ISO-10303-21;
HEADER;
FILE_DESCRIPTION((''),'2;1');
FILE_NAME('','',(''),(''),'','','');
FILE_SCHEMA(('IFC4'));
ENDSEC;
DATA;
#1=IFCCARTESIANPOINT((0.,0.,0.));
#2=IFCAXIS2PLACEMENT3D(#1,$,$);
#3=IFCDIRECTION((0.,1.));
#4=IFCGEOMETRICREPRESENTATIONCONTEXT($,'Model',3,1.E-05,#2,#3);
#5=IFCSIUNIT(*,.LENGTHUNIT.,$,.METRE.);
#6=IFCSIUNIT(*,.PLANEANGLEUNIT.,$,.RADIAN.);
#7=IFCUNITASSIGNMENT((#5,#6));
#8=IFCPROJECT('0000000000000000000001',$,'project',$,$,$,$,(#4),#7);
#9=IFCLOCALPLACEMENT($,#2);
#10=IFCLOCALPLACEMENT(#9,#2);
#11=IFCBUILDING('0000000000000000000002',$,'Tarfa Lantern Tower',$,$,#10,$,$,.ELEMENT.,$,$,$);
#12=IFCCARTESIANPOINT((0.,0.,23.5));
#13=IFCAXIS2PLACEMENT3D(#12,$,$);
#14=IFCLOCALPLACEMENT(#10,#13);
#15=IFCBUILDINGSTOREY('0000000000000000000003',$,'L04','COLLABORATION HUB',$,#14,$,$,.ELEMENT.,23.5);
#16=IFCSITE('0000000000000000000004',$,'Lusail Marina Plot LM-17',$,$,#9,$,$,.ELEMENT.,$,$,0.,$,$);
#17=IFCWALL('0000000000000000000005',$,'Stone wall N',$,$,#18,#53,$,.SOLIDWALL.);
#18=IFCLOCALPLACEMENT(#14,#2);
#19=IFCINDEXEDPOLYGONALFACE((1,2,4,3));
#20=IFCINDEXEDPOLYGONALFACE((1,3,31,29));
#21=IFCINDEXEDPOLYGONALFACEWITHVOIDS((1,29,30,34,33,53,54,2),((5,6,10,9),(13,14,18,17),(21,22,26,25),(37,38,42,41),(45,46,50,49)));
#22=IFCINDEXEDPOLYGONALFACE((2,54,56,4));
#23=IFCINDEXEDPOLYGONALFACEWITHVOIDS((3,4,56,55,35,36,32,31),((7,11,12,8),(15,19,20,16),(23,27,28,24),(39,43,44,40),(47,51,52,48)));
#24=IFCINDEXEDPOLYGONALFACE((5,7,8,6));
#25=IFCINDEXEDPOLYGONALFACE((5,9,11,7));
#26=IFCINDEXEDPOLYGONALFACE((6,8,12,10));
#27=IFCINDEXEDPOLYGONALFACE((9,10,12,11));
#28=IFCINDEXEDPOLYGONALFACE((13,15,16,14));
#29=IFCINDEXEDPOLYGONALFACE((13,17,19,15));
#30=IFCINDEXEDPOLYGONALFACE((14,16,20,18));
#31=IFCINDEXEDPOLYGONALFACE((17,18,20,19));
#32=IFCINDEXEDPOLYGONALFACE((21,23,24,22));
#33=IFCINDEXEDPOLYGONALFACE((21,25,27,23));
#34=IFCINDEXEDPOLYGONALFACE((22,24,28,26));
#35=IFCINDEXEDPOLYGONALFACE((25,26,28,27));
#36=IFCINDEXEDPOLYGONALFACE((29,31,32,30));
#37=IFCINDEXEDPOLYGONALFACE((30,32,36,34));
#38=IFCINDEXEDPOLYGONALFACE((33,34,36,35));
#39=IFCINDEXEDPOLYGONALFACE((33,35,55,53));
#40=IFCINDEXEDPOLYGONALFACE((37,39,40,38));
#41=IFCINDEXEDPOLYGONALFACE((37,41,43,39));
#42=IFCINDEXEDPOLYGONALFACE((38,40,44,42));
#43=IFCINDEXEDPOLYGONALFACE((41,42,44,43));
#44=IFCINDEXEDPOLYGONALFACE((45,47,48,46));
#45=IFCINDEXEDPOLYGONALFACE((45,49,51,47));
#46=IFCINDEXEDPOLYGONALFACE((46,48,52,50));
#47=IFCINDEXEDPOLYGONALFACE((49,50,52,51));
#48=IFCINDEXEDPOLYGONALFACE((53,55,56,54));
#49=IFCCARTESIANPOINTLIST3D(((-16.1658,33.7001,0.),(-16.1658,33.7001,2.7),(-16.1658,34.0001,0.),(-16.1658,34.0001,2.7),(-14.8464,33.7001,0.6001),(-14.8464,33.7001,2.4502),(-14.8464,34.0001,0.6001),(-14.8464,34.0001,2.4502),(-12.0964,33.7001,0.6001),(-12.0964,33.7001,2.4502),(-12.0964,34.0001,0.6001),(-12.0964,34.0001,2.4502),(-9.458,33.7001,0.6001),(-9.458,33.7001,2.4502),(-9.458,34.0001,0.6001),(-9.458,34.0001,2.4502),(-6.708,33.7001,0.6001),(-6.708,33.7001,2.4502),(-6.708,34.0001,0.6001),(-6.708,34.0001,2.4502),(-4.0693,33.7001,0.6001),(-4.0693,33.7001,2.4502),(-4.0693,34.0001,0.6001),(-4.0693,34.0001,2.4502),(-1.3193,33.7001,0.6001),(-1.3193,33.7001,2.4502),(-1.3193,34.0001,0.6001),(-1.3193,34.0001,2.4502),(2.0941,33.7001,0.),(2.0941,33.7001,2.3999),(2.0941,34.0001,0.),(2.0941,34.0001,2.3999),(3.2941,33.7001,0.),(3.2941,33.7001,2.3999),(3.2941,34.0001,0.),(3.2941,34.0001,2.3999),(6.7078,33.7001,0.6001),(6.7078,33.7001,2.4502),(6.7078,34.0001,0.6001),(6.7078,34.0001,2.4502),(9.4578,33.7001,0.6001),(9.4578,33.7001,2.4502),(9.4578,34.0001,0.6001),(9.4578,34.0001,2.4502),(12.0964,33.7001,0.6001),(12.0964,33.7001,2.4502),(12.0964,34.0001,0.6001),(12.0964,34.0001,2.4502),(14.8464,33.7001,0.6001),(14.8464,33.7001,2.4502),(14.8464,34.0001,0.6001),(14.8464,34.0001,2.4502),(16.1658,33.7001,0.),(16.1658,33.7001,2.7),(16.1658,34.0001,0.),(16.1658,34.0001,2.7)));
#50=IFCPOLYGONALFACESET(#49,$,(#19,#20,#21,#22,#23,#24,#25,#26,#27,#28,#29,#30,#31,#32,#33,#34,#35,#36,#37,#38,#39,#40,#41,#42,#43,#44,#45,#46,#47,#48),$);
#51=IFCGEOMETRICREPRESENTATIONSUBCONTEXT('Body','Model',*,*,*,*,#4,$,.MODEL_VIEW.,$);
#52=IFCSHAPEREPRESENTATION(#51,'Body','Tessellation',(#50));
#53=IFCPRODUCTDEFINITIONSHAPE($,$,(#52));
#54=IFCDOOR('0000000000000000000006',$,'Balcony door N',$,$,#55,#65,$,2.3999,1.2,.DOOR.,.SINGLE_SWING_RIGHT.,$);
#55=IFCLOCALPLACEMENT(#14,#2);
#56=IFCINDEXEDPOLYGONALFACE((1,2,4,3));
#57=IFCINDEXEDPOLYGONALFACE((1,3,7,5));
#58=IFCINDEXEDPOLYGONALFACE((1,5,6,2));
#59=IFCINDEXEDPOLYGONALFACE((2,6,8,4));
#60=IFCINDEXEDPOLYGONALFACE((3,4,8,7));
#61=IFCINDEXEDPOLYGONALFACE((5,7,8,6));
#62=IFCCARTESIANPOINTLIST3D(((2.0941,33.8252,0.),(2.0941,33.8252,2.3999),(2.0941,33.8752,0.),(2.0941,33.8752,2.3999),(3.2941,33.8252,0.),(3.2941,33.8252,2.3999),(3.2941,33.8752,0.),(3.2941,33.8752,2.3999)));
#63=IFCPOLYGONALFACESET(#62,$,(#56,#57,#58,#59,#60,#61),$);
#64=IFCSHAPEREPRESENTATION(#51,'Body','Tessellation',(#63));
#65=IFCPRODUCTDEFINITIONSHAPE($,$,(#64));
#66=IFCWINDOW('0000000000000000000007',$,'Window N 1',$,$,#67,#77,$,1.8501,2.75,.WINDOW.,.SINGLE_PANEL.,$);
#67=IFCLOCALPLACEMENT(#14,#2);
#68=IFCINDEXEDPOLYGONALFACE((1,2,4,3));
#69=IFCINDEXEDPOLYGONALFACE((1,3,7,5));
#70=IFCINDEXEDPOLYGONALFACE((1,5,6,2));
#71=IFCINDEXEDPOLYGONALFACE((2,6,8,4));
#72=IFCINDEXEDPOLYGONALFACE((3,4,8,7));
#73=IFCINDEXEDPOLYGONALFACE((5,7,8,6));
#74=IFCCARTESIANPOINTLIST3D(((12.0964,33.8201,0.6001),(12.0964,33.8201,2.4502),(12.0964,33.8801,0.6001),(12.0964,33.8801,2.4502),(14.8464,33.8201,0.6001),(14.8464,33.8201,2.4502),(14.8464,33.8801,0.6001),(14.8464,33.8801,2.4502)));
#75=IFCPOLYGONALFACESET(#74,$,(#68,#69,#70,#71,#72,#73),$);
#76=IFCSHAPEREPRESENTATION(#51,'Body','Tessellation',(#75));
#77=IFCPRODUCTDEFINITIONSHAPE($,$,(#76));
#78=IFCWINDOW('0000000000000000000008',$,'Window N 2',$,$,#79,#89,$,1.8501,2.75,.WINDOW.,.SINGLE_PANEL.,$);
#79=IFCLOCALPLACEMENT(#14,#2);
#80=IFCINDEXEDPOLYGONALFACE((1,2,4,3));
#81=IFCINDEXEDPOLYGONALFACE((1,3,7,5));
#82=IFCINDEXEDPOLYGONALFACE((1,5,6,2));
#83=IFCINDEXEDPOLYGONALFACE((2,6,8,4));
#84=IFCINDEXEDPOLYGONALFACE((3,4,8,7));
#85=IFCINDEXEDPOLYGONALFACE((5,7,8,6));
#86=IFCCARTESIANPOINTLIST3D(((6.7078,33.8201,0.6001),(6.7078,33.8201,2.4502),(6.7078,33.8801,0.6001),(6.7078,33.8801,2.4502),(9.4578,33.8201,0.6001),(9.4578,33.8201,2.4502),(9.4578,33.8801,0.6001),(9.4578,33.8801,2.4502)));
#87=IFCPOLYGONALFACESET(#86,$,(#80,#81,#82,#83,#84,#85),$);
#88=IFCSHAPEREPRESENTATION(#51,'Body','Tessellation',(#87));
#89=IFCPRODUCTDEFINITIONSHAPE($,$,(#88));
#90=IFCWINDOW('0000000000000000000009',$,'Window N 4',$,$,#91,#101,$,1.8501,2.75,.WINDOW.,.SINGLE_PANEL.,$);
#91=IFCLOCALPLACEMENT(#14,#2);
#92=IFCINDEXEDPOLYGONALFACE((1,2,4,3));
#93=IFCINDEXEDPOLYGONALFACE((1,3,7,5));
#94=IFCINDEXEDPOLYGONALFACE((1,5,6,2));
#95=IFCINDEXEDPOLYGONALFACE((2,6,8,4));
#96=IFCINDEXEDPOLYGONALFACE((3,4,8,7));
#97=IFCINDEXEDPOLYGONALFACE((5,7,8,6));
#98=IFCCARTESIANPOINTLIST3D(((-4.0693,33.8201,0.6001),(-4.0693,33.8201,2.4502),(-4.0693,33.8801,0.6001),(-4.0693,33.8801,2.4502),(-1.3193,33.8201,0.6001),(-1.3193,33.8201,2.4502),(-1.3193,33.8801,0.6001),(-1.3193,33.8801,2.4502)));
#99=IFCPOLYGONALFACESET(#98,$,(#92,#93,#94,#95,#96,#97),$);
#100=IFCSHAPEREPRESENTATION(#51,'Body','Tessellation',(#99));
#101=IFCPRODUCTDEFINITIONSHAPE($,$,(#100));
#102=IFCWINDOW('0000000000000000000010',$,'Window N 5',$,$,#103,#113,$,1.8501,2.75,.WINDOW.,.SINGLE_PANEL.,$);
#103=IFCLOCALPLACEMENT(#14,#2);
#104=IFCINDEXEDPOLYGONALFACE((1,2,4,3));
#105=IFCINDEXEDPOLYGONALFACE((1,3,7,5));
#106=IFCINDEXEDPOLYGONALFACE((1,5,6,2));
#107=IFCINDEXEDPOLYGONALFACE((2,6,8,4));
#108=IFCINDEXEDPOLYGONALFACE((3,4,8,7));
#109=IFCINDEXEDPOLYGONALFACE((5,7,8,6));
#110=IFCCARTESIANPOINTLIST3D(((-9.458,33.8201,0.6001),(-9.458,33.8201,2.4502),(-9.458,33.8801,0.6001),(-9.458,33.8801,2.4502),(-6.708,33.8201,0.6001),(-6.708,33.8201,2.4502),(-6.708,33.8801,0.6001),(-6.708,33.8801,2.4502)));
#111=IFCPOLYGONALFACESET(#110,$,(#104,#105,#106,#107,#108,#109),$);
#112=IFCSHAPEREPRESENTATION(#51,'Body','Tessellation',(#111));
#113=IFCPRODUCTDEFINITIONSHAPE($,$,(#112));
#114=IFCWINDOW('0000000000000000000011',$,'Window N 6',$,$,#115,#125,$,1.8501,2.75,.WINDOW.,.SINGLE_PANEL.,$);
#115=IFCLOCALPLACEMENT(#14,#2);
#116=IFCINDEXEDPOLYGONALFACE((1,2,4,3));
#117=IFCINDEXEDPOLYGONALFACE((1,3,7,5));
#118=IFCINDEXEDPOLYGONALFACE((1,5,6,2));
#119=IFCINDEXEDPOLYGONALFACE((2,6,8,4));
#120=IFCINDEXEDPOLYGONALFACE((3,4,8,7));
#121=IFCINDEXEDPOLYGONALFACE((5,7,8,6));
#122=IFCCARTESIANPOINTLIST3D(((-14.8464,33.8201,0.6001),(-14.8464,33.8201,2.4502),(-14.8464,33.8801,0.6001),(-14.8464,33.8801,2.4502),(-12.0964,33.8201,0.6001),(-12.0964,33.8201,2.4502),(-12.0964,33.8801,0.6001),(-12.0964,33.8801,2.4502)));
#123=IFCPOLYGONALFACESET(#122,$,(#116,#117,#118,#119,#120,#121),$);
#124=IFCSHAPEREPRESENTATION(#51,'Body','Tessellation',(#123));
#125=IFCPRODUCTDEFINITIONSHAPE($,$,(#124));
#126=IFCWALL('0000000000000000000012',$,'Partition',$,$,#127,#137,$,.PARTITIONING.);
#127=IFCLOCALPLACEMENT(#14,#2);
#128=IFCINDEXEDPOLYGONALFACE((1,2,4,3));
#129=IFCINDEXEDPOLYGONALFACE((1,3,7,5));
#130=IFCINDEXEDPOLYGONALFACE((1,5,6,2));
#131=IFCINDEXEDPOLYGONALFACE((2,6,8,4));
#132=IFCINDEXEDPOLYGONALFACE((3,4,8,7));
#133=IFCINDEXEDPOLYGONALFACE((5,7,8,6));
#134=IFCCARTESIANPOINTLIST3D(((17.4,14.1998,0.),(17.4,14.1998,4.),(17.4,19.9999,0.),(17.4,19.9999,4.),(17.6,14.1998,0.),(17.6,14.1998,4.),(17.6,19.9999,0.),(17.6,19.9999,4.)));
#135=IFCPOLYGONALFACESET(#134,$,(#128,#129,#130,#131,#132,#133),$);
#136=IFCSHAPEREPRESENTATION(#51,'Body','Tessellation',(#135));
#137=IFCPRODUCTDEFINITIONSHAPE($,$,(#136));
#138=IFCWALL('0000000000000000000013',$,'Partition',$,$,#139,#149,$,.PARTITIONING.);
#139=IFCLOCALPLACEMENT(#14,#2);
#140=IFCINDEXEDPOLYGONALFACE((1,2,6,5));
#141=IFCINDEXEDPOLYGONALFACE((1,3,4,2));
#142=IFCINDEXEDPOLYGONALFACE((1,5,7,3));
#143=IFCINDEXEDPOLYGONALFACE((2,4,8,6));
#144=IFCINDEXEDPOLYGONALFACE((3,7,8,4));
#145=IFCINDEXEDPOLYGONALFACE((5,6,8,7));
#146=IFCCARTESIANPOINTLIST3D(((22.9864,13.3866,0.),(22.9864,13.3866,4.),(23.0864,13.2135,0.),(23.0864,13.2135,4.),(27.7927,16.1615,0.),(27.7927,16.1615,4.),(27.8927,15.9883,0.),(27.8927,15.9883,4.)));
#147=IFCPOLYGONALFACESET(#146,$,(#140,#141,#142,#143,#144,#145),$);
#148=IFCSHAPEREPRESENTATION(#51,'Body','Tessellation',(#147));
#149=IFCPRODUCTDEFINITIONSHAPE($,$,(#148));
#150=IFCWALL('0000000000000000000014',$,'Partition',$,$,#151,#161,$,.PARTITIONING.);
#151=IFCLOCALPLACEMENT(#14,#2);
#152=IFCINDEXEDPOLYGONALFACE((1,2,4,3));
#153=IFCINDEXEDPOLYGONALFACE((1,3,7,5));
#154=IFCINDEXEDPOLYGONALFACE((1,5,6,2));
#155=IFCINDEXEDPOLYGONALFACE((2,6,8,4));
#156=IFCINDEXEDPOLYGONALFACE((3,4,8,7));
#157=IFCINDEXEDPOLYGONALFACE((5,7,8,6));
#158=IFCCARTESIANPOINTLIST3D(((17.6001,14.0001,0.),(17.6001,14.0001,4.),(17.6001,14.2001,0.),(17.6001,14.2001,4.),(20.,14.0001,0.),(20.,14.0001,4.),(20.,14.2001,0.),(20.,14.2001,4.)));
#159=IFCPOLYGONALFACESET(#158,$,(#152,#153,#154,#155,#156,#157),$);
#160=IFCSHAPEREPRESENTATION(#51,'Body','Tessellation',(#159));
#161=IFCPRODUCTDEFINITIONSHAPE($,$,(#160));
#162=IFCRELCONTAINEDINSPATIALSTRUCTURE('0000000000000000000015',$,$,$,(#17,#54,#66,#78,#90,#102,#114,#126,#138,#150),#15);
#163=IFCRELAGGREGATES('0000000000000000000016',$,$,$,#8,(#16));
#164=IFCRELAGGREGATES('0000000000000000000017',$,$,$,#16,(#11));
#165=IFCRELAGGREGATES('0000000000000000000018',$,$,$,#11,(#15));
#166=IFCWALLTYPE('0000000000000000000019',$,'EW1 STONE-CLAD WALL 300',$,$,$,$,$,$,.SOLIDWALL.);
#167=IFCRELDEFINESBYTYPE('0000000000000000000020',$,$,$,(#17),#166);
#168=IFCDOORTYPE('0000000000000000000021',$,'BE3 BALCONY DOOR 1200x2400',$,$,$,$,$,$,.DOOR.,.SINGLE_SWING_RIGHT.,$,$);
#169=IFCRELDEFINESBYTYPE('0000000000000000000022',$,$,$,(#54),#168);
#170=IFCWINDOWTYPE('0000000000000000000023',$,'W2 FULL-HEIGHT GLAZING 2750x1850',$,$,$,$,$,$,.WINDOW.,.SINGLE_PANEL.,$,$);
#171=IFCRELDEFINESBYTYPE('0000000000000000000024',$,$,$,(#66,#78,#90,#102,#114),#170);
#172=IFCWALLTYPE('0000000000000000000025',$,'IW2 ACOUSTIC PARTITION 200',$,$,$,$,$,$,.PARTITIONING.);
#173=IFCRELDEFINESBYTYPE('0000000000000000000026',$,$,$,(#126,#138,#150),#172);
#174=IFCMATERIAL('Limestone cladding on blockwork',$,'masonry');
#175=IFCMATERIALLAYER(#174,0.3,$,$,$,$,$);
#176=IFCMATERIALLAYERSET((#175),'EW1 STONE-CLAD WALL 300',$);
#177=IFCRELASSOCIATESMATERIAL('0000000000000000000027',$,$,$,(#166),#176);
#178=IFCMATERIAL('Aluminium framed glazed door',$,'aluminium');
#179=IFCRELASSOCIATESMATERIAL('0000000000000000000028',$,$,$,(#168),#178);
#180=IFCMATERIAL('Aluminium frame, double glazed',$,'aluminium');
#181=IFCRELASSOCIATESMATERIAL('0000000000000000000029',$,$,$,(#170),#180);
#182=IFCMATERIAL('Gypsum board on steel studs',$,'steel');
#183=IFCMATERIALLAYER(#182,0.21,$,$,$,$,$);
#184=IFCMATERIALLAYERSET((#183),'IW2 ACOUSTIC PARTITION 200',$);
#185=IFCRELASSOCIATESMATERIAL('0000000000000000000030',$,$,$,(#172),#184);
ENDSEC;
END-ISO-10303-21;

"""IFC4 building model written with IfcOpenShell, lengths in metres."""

from ifc_helpers import new_model, si_unit, direction, frame, frame_2d, origin, place, context, subcontext, project, spatial, rectangle, extrude, material, layer, layer_set, type_object, element, fill, save


model = new_model("IFC4")

# Units and contexts
model_context = context("Model", 3, precision=1e-05, world=origin(), true_north=direction((0.0, 1.0)))
body_context = subcontext(model_context, "Body", "Model", "MODEL_VIEW")
ifc_project = project(units=[si_unit("LENGTHUNIT", "METRE"), si_unit("PLANEANGLEUNIT", "RADIAN")], contexts=[model_context])

# Site, building, storey
site_placement = place(None, origin())
site = spatial("IfcSite", under=ifc_project, at=site_placement, Name="Lusail Marina Plot LM-17", CompositionType="ELEMENT", RefElevation=0.0)
building_placement = place(site_placement, origin())
building = spatial("IfcBuilding", under=site, at=building_placement, Name="Tarfa Lantern Tower", CompositionType="ELEMENT")
storey_placement = place(building_placement, frame((0.0, 0.0, 23.5)))
storey = spatial("IfcBuildingStorey", under=building, at=storey_placement, Name="L04", Description="COLLABORATION HUB", CompositionType="ELEMENT", Elevation=23.5)

# Wall, openings, door, windows
ifc_material_1 = material(Name="Limestone cladding on blockwork", Category="masonry")
ifc_layer_1 = layer(ifc_material_1, 0.3)
ifc_layer_set_1 = layer_set([ifc_layer_1], Name="EW1 STONE-CLAD WALL 300")
wall_type_1 = type_object("IfcWallType", Name="EW1 STONE-CLAD WALL 300", PredefinedType="SOLIDWALL", material=ifc_layer_set_1)
wall_1_placement = place(storey_placement, frame((16.1658, 33.8501, 0.0), z_axis=(0.0, 0.0, 1.0), x_axis=(-1.0, 0.0, 0.0)))
wall_1 = element("IfcWall", 1, at=wall_1_placement, inside=storey, type_object=wall_type_1, Name="Stone wall N", PredefinedType="SOLIDWALL", context=body_context, shape_type="SweptSolid", body=[
    extrude(rectangle(XDim=32.3315, YDim=0.3, at=frame_2d((16.1658, 0.0))), origin(), (0.0, 0.0, 1.0), 2.7),
])
opening_1_placement = place(wall_1_placement, frame((1.3193, 0.0, 0.6001)))
opening_1 = element("IfcOpeningElement", 2, at=opening_1_placement, cuts=wall_1, PredefinedType="OPENING", context=body_context, shape_type="SweptSolid", body=[
    extrude(rectangle(XDim=2.75, YDim=1.8501, at=frame_2d((1.375, 0.925))), frame((0.0, 0.1599, 0.0), z_axis=(0.0, -1.0, 0.0), x_axis=(1.0, 0.0, 0.0)), (0.0, 0.0, 1.0), 0.3201),
])
opening_2_placement = place(wall_1_placement, frame((6.708, 0.0, 0.6001)))
opening_2 = element("IfcOpeningElement", 3, at=opening_2_placement, cuts=wall_1, PredefinedType="OPENING", context=body_context, shape_type="SweptSolid", body=[
    extrude(rectangle(XDim=2.75, YDim=1.8501, at=frame_2d((1.375, 0.925))), frame((0.0, 0.1599, 0.0), z_axis=(0.0, -1.0, 0.0), x_axis=(1.0, 0.0, 0.0)), (0.0, 0.0, 1.0), 0.3201),
])
opening_3_placement = place(wall_1_placement, frame((12.8716, 0.0, 0.0)))
opening_3 = element("IfcOpeningElement", 4, at=opening_3_placement, cuts=wall_1, PredefinedType="OPENING", context=body_context, shape_type="SweptSolid", body=[
    extrude(rectangle(XDim=1.2, YDim=2.3999, at=frame_2d((0.6001, 1.2))), frame((0.0, 0.1599, 0.0), z_axis=(0.0, -1.0, 0.0), x_axis=(1.0, 0.0, 0.0)), (0.0, 0.0, 1.0), 0.3201),
])
opening_4_placement = place(wall_1_placement, frame((17.4851, 0.0, 0.6001)))
opening_4 = element("IfcOpeningElement", 5, at=opening_4_placement, cuts=wall_1, PredefinedType="OPENING", context=body_context, shape_type="SweptSolid", body=[
    extrude(rectangle(XDim=2.75, YDim=1.8501, at=frame_2d((1.375, 0.925))), frame((0.0, 0.1599, 0.0), z_axis=(0.0, -1.0, 0.0), x_axis=(1.0, 0.0, 0.0)), (0.0, 0.0, 1.0), 0.3201),
])
opening_5_placement = place(wall_1_placement, frame((22.8738, 0.0, 0.6001)))
opening_5 = element("IfcOpeningElement", 6, at=opening_5_placement, cuts=wall_1, PredefinedType="OPENING", context=body_context, shape_type="SweptSolid", body=[
    extrude(rectangle(XDim=2.75, YDim=1.8501, at=frame_2d((1.375, 0.925))), frame((0.0, 0.1599, 0.0), z_axis=(0.0, -1.0, 0.0), x_axis=(1.0, 0.0, 0.0)), (0.0, 0.0, 1.0), 0.3201),
])
opening_6_placement = place(wall_1_placement, frame((28.2622, 0.0, 0.6001)))
opening_6 = element("IfcOpeningElement", 7, at=opening_6_placement, cuts=wall_1, PredefinedType="OPENING", context=body_context, shape_type="SweptSolid", body=[
    extrude(rectangle(XDim=2.75, YDim=1.8501, at=frame_2d((1.375, 0.925))), frame((0.0, 0.1599, 0.0), z_axis=(0.0, -1.0, 0.0), x_axis=(1.0, 0.0, 0.0)), (0.0, 0.0, 1.0), 0.3201),
])
ifc_material_2 = material(Name="Aluminium framed glazed door", Category="aluminium")
door_type = type_object("IfcDoorType", Name="BE3 BALCONY DOOR 1200x2400", OperationType="SINGLE_SWING_RIGHT", PredefinedType="DOOR", material=ifc_material_2)
door_placement = place(opening_3_placement, origin())
door = element("IfcDoor", 8, at=door_placement, inside=storey, type_object=door_type, Name="Balcony door N", OperationType="SINGLE_SWING_RIGHT", OverallHeight=2.3999, OverallWidth=1.2, PredefinedType="DOOR", context=body_context, shape_type="SweptSolid", body=[
    extrude(rectangle(XDim=1.2, YDim=2.3999, at=frame_2d((0.6001, 1.2))), frame((0.0, 0.0249, 0.0), z_axis=(0.0, -1.0, 0.0), x_axis=(1.0, 0.0, 0.0)), (0.0, 0.0, 1.0), 0.05),
])
fill(opening_3, door)
ifc_material_3 = material(Name="Aluminium frame, double glazed", Category="aluminium")
window_type = type_object("IfcWindowType", Name="W2 FULL-HEIGHT GLAZING 2750x1850", PartitioningType="SINGLE_PANEL", PredefinedType="WINDOW", material=ifc_material_3)
window_1_placement = place(opening_1_placement, origin())
window_1 = element("IfcWindow", 9, at=window_1_placement, inside=storey, type_object=window_type, Name="Window N 1", OverallHeight=1.8501, OverallWidth=2.75, PartitioningType="SINGLE_PANEL", PredefinedType="WINDOW", context=body_context, shape_type="SweptSolid", body=[
    extrude(rectangle(XDim=2.75, YDim=1.8501, at=frame_2d((1.375, 0.925))), frame((0.0, 0.03, 0.0), z_axis=(0.0, -1.0, 0.0), x_axis=(1.0, 0.0, 0.0)), (0.0, 0.0, 1.0), 0.0601),
])
fill(opening_1, window_1)
window_2_placement = place(opening_2_placement, origin())
window_2 = element("IfcWindow", 10, at=window_2_placement, inside=storey, type_object=window_type, Name="Window N 2", OverallHeight=1.8501, OverallWidth=2.75, PartitioningType="SINGLE_PANEL", PredefinedType="WINDOW", context=body_context, shape_type="SweptSolid", body=[
    extrude(rectangle(XDim=2.75, YDim=1.8501, at=frame_2d((1.375, 0.925))), frame((0.0, 0.03, 0.0), z_axis=(0.0, -1.0, 0.0), x_axis=(1.0, 0.0, 0.0)), (0.0, 0.0, 1.0), 0.0601),
])
fill(opening_2, window_2)
window_3_placement = place(opening_4_placement, origin())
window_3 = element("IfcWindow", 11, at=window_3_placement, inside=storey, type_object=window_type, Name="Window N 4", OverallHeight=1.8501, OverallWidth=2.75, PartitioningType="SINGLE_PANEL", PredefinedType="WINDOW", context=body_context, shape_type="SweptSolid", body=[
    extrude(rectangle(XDim=2.75, YDim=1.8501, at=frame_2d((1.375, 0.925))), frame((0.0, 0.03, 0.0), z_axis=(0.0, -1.0, 0.0), x_axis=(1.0, 0.0, 0.0)), (0.0, 0.0, 1.0), 0.0601),
])
fill(opening_4, window_3)
window_4_placement = place(opening_5_placement, origin())
window_4 = element("IfcWindow", 12, at=window_4_placement, inside=storey, type_object=window_type, Name="Window N 5", OverallHeight=1.8501, OverallWidth=2.75, PartitioningType="SINGLE_PANEL", PredefinedType="WINDOW", context=body_context, shape_type="SweptSolid", body=[
    extrude(rectangle(XDim=2.75, YDim=1.8501, at=frame_2d((1.375, 0.925))), frame((0.0, 0.03, 0.0), z_axis=(0.0, -1.0, 0.0), x_axis=(1.0, 0.0, 0.0)), (0.0, 0.0, 1.0), 0.0601),
])
fill(opening_5, window_4)
window_5_placement = place(opening_6_placement, origin())
window_5 = element("IfcWindow", 13, at=window_5_placement, inside=storey, type_object=window_type, Name="Window N 6", OverallHeight=1.8501, OverallWidth=2.75, PartitioningType="SINGLE_PANEL", PredefinedType="WINDOW", context=body_context, shape_type="SweptSolid", body=[
    extrude(rectangle(XDim=2.75, YDim=1.8501, at=frame_2d((1.375, 0.925))), frame((0.0, 0.03, 0.0), z_axis=(0.0, -1.0, 0.0), x_axis=(1.0, 0.0, 0.0)), (0.0, 0.0, 1.0), 0.0601),
])
fill(opening_6, window_5)

# Walls
ifc_material_4 = material(Name="Gypsum board on steel studs", Category="steel")
ifc_layer_2 = layer(ifc_material_4, 0.21)
ifc_layer_set_2 = layer_set([ifc_layer_2], Name="IW2 ACOUSTIC PARTITION 200")
wall_type_2 = type_object("IfcWallType", Name="IW2 ACOUSTIC PARTITION 200", PredefinedType="PARTITIONING", material=ifc_layer_set_2)
wall_2_placement = place(storey_placement, frame((17.5, 14.2, 0.0), z_axis=(0.0, 0.0, 1.0), x_axis=(0.0, 1.0, 0.0)))
element("IfcWall", 14, at=wall_2_placement, inside=storey, type_object=wall_type_2, Name="Partition", PredefinedType="PARTITIONING", context=body_context, shape_type="SweptSolid", body=[
    extrude(rectangle(XDim=5.8, YDim=0.2, at=frame_2d((2.8999, 0.0))), origin(), (0.0, 0.0, 1.0), 4.0),
])
wall_3_placement = place(storey_placement, frame((23.0364, 13.3, 0.0), z_axis=(0.0, 0.0, 1.0), x_axis=(0.866031, 0.49999, 0.0)))
element("IfcWall", 15, at=wall_3_placement, inside=storey, type_object=wall_type_2, Name="Partition", PredefinedType="PARTITIONING", context=body_context, shape_type="SweptSolid", body=[
    extrude(rectangle(XDim=5.5498, YDim=0.2, at=frame_2d((2.7749, 0.0))), origin(), (0.0, 0.0, 1.0), 4.0),
])
wall_4_placement = place(storey_placement, frame((17.6001, 14.1001, 0.0), z_axis=(0.0, 0.0, 1.0), x_axis=(1.0, 0.0, 0.0)))
element("IfcWall", 16, at=wall_4_placement, inside=storey, type_object=wall_type_2, Name="Partition", PredefinedType="PARTITIONING", context=body_context, shape_type="SweptSolid", body=[
    extrude(rectangle(XDim=2.3999, YDim=0.2, at=frame_2d((1.2, 0.0))), origin(), (0.0, 0.0, 1.0), 4.0),
])

save(model, "model.ifc")
